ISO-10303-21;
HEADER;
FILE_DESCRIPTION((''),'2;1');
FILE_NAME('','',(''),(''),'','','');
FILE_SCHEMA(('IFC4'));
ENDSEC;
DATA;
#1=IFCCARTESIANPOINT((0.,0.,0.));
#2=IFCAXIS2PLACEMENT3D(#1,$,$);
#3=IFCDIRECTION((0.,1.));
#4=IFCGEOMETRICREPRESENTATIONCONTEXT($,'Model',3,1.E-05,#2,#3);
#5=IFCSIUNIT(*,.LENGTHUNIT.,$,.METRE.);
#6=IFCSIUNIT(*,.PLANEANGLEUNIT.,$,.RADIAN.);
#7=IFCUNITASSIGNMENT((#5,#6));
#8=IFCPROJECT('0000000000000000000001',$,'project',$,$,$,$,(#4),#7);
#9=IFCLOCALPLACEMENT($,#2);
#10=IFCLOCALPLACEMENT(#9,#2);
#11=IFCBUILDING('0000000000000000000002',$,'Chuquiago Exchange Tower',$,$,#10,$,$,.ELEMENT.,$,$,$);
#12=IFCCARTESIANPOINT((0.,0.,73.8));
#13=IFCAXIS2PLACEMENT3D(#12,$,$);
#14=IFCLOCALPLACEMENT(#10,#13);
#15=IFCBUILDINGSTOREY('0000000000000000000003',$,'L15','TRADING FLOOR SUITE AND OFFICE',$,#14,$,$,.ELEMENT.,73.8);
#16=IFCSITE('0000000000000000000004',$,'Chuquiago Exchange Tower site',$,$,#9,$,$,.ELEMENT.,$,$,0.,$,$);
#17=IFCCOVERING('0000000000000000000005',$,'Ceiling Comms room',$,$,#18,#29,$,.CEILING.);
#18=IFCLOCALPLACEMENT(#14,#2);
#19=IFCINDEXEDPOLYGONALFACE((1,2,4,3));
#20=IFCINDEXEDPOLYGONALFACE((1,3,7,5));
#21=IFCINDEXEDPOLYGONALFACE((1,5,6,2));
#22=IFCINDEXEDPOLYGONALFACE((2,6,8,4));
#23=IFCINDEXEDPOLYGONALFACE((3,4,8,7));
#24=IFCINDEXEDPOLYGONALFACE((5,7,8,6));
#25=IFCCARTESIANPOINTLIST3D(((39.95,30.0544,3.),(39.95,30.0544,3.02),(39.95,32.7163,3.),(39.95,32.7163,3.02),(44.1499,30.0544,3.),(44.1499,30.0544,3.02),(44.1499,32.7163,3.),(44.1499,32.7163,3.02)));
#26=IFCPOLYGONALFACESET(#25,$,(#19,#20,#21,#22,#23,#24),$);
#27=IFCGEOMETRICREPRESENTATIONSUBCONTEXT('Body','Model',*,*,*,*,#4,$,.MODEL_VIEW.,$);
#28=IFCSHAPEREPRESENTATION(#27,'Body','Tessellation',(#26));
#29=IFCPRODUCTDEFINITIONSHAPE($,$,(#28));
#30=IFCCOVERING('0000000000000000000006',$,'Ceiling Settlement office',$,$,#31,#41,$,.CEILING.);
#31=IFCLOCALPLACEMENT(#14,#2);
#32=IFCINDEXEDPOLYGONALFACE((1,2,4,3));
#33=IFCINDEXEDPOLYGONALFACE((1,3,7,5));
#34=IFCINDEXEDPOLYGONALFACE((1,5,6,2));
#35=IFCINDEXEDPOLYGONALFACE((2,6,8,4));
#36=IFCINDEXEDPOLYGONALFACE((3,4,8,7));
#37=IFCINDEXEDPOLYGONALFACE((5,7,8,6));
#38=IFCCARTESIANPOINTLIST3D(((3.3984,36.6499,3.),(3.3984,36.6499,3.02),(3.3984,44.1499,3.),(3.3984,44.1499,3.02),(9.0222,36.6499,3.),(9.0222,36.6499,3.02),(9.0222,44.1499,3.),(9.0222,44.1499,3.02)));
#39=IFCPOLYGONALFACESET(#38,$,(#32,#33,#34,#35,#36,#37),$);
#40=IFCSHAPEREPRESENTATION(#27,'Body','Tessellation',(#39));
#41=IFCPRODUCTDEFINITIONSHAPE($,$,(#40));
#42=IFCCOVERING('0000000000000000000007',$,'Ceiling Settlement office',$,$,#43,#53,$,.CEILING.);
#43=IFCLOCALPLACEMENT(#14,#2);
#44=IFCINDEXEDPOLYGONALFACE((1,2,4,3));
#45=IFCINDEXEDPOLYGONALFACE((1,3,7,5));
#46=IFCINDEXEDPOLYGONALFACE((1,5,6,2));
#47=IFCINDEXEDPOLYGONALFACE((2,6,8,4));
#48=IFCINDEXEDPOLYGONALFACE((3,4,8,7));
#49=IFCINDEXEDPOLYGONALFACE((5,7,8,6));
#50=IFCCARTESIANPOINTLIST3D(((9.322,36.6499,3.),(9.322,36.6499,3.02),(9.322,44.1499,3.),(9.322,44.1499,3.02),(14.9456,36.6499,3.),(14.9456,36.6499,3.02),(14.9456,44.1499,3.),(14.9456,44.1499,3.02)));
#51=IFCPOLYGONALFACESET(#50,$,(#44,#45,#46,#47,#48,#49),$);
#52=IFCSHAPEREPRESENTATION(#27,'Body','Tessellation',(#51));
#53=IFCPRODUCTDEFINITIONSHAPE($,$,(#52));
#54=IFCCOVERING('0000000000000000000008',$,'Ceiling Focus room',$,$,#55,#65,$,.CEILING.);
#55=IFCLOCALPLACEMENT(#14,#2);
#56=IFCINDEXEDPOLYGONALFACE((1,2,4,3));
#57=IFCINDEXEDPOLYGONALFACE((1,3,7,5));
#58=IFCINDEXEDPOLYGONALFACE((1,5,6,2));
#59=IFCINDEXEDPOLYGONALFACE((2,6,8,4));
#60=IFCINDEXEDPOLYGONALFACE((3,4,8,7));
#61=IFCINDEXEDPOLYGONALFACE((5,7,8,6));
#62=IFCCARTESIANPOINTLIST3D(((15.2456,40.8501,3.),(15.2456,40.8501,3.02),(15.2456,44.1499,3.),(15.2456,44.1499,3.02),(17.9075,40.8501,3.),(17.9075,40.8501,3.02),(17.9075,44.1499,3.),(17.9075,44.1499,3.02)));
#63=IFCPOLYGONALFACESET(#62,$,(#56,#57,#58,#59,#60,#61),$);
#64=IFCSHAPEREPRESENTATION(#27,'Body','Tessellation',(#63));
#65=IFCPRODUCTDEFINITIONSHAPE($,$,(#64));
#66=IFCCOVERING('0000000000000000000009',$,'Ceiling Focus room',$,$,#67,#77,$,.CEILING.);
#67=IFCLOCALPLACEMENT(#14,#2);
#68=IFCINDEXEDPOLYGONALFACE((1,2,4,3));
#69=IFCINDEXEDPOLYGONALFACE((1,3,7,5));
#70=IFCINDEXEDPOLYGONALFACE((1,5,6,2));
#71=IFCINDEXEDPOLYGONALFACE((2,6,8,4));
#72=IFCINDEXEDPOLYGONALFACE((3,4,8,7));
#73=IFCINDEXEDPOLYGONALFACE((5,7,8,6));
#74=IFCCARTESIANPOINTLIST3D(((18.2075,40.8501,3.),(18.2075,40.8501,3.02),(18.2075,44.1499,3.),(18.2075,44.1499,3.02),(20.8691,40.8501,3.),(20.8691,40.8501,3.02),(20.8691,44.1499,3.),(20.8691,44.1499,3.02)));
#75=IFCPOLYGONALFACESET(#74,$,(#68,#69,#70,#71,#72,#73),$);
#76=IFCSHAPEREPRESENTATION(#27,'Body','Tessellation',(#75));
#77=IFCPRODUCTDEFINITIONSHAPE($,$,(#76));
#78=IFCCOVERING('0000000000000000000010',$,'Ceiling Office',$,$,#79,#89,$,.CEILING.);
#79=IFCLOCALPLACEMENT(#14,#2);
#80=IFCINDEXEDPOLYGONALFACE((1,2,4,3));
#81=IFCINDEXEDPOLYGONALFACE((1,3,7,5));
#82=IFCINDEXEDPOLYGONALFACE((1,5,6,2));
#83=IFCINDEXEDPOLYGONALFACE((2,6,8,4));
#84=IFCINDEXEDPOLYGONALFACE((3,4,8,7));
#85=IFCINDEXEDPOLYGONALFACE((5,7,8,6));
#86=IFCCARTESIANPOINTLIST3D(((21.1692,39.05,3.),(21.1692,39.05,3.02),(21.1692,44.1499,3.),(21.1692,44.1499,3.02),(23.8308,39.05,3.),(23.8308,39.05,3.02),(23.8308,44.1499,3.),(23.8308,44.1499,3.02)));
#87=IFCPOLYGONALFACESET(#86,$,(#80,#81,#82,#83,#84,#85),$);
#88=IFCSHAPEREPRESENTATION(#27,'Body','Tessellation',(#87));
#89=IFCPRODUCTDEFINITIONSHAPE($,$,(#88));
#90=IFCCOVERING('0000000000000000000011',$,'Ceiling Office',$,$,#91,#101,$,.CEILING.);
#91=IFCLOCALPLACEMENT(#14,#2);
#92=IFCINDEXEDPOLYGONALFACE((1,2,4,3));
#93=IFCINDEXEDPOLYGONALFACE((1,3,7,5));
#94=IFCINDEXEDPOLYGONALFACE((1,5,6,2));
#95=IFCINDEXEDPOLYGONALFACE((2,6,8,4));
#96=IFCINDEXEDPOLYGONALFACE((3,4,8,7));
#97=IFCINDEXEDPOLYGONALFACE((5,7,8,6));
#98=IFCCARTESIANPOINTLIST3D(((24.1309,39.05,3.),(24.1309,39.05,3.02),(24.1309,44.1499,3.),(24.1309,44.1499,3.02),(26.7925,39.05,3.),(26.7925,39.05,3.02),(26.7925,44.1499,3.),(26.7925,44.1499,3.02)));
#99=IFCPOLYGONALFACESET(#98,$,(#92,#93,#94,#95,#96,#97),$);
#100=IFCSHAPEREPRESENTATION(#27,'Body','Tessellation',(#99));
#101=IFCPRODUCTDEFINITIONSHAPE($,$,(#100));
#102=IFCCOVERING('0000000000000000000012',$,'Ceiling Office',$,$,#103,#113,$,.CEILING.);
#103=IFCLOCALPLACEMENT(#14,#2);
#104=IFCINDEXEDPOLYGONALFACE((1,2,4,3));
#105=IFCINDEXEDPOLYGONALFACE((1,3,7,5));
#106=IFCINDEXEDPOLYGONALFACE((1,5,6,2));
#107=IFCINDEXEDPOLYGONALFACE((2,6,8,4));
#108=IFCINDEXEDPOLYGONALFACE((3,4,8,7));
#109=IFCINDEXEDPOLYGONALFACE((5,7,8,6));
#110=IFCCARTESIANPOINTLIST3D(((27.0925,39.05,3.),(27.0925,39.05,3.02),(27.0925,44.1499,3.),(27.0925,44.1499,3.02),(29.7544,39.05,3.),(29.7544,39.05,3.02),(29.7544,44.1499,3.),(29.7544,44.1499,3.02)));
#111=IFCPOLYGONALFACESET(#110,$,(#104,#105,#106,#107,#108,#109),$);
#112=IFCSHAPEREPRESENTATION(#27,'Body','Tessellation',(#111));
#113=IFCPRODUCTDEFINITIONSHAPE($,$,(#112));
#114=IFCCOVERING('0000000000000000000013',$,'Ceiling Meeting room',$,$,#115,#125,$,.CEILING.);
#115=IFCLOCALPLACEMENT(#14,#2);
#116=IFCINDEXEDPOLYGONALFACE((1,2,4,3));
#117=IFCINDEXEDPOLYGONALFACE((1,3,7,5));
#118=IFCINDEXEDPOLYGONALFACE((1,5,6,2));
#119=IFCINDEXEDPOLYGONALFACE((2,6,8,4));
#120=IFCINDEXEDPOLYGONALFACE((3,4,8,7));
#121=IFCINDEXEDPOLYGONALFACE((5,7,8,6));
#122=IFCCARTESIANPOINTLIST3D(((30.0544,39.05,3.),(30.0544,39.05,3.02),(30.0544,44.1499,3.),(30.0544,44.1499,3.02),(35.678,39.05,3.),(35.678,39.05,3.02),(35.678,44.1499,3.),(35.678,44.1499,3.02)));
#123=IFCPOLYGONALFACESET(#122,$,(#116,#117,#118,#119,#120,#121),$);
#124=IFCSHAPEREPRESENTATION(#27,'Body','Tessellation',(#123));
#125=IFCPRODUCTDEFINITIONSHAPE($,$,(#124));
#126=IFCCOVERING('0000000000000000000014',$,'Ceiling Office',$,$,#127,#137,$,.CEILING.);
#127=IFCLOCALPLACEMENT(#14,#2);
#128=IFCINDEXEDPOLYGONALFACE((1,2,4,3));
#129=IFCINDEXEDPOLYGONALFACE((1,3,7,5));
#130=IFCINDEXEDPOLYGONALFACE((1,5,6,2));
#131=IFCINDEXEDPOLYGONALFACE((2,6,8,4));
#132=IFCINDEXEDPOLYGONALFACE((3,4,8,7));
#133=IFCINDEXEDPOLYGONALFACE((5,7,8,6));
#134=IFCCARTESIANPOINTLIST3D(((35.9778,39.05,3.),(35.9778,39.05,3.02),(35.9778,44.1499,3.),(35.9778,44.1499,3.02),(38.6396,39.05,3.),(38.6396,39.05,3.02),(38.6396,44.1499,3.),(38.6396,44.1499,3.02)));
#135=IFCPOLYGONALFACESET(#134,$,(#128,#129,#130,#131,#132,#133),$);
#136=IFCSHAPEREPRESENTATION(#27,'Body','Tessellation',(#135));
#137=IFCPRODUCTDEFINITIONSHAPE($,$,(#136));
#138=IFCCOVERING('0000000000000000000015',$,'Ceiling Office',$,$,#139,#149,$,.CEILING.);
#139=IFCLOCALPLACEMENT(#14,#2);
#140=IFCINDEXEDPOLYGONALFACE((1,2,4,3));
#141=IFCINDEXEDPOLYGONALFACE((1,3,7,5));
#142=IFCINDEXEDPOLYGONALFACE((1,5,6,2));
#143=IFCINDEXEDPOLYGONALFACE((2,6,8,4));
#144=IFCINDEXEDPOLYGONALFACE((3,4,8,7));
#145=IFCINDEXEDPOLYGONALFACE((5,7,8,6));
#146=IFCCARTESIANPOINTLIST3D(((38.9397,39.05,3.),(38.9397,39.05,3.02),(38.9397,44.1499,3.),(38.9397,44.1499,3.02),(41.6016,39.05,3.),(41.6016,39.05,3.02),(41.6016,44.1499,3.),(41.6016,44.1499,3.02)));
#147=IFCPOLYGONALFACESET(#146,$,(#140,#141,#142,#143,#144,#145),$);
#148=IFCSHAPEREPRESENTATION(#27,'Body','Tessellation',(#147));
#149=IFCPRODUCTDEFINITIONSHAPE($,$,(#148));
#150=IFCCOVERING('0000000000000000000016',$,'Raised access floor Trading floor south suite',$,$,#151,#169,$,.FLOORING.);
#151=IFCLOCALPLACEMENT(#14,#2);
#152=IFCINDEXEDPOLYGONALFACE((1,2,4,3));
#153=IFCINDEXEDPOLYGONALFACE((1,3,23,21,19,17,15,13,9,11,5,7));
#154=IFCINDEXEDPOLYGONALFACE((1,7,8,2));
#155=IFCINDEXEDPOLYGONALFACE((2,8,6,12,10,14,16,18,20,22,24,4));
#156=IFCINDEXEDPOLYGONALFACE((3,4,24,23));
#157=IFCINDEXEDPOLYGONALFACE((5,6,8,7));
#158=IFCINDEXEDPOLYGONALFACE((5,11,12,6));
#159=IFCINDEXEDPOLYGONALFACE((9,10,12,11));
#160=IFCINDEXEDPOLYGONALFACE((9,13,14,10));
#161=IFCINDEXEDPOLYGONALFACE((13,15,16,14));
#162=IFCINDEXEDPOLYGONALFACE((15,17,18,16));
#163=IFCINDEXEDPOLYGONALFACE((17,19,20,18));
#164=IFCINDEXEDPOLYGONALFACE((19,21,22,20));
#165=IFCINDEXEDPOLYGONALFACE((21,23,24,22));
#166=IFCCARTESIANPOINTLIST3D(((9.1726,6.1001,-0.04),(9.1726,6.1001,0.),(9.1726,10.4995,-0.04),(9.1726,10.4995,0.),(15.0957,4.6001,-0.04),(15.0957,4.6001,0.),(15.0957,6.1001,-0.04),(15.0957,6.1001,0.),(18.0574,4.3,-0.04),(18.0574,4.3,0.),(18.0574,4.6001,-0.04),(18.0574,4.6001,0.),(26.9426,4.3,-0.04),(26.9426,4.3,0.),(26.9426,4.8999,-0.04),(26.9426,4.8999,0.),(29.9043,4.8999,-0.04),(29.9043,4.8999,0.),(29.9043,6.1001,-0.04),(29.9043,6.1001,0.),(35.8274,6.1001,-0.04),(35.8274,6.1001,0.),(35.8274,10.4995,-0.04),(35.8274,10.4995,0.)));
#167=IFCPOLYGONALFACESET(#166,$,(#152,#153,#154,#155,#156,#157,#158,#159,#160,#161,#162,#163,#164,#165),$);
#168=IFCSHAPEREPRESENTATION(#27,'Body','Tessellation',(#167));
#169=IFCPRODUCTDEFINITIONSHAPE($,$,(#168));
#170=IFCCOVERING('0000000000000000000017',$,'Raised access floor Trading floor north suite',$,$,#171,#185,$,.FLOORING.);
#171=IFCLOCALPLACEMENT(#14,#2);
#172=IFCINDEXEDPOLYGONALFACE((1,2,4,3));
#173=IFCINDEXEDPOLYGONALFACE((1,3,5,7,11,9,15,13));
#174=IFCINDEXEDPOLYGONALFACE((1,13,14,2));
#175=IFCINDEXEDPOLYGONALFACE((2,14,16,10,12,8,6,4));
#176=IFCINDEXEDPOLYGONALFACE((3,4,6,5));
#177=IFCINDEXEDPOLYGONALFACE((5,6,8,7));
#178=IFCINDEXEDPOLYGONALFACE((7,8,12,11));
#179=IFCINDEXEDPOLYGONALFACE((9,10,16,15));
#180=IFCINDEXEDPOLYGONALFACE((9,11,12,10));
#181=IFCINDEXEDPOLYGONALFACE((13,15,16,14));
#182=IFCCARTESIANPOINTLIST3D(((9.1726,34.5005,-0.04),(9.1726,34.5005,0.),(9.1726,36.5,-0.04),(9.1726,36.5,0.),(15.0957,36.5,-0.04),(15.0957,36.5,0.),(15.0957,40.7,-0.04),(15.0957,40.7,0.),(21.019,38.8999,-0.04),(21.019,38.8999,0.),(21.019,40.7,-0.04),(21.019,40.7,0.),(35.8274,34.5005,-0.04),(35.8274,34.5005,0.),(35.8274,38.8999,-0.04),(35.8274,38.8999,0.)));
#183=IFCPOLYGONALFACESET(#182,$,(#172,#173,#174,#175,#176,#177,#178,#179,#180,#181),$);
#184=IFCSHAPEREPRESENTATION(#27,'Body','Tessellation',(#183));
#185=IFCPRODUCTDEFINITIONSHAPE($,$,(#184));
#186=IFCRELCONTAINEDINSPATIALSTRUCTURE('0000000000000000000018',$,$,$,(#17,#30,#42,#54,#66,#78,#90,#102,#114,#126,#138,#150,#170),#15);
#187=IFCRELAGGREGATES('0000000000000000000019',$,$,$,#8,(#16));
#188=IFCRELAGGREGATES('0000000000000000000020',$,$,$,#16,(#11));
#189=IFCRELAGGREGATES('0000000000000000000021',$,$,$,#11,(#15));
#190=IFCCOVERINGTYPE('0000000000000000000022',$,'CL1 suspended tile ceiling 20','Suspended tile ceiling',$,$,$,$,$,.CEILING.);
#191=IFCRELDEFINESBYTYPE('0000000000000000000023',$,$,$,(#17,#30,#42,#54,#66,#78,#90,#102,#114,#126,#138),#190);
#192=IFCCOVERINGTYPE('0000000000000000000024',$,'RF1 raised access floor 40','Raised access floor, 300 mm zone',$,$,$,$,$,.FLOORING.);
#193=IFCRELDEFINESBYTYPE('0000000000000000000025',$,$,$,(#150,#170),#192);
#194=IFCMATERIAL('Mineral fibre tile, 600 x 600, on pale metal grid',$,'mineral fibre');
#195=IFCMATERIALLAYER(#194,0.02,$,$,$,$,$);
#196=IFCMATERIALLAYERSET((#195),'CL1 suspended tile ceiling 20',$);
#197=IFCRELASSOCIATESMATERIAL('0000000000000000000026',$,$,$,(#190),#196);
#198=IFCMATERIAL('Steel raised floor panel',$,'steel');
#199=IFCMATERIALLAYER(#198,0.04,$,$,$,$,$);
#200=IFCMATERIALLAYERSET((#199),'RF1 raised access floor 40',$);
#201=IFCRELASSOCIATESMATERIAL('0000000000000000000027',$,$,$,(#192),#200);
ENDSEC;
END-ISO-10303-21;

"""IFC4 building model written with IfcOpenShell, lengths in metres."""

from ifc_helpers import new_model, si_unit, direction, frame, origin, place, context, subcontext, project, spatial, polyline, outline, extrude, material, layer, layer_set, type_object, element, save


model = new_model("IFC4")

# Units and contexts
model_context = context("Model", 3, precision=1e-05, world=origin(), true_north=direction((0.0, 1.0)))
body_context = subcontext(model_context, "Body", "Model", "MODEL_VIEW")
ifc_project = project(units=[si_unit("LENGTHUNIT", "METRE"), si_unit("PLANEANGLEUNIT", "RADIAN")], contexts=[model_context])

# Site, building, storey
site_placement = place(None, origin())
site = spatial("IfcSite", under=ifc_project, at=site_placement, Name="Chuquiago Exchange Tower site", CompositionType="ELEMENT", RefElevation=0.0)
building_placement = place(site_placement, origin())
building = spatial("IfcBuilding", under=site, at=building_placement, Name="Chuquiago Exchange Tower", CompositionType="ELEMENT")
storey_placement = place(building_placement, frame((0.0, 0.0, 73.8)))
storey = spatial("IfcBuildingStorey", under=building, at=storey_placement, Name="L15", Description="TRADING FLOOR SUITE AND OFFICE", CompositionType="ELEMENT", Elevation=73.8)

# Coverings
ifc_material_1 = material(Name="Mineral fibre tile, 600 x 600, on pale metal grid", Category="mineral fibre")
ifc_layer_1 = layer(ifc_material_1, 0.02)
ifc_layer_set_1 = layer_set([ifc_layer_1], Name="CL1 suspended tile ceiling 20")
covering_type_1 = type_object("IfcCoveringType", Name="CL1 suspended tile ceiling 20", Description="Suspended tile ceiling", PredefinedType="CEILING", material=ifc_layer_set_1)
covering_1_placement = place(storey_placement, frame((0.0, 0.0, 3.0)))
element("IfcCovering", 1, at=covering_1_placement, inside=storey, type_object=covering_type_1, Name="Ceiling Comms room", PredefinedType="CEILING", context=body_context, shape_type="SweptSolid", body=[
    extrude(outline(polyline([(39.95, 30.0544), (39.95, 32.7163), (44.1499, 32.7163), (44.1499, 30.0544), (39.95, 30.0544)])), origin(), (0.0, 0.0, 1.0), 0.02),
])
covering_2_placement = place(storey_placement, frame((0.0, 0.0, 3.0)))
element("IfcCovering", 2, at=covering_2_placement, inside=storey, type_object=covering_type_1, Name="Ceiling Settlement office", PredefinedType="CEILING", context=body_context, shape_type="SweptSolid", body=[
    extrude(outline(polyline([(9.0222, 44.1499), (9.0222, 36.6499), (3.3984, 36.6499), (3.3984, 44.1499), (9.0222, 44.1499)])), origin(), (0.0, 0.0, 1.0), 0.02),
])
covering_3_placement = place(storey_placement, frame((0.0, 0.0, 3.0)))
element("IfcCovering", 3, at=covering_3_placement, inside=storey, type_object=covering_type_1, Name="Ceiling Settlement office", PredefinedType="CEILING", context=body_context, shape_type="SweptSolid", body=[
    extrude(outline(polyline([(14.9456, 36.6499), (9.322, 36.6499), (9.322, 44.1499), (14.9456, 44.1499), (14.9456, 36.6499)])), origin(), (0.0, 0.0, 1.0), 0.02),
])
covering_4_placement = place(storey_placement, frame((0.0, 0.0, 3.0)))
element("IfcCovering", 4, at=covering_4_placement, inside=storey, type_object=covering_type_1, Name="Ceiling Focus room", PredefinedType="CEILING", context=body_context, shape_type="SweptSolid", body=[
    extrude(outline(polyline([(17.9075, 40.8501), (15.2456, 40.8501), (15.2456, 44.1499), (17.9075, 44.1499), (17.9075, 40.8501)])), origin(), (0.0, 0.0, 1.0), 0.02),
])
covering_5_placement = place(storey_placement, frame((0.0, 0.0, 3.0)))
element("IfcCovering", 5, at=covering_5_placement, inside=storey, type_object=covering_type_1, Name="Ceiling Focus room", PredefinedType="CEILING", context=body_context, shape_type="SweptSolid", body=[
    extrude(outline(polyline([(20.8691, 40.8501), (18.2075, 40.8501), (18.2075, 44.1499), (20.8691, 44.1499), (20.8691, 40.8501)])), origin(), (0.0, 0.0, 1.0), 0.02),
])
covering_6_placement = place(storey_placement, frame((0.0, 0.0, 3.0)))
element("IfcCovering", 6, at=covering_6_placement, inside=storey, type_object=covering_type_1, Name="Ceiling Office", PredefinedType="CEILING", context=body_context, shape_type="SweptSolid", body=[
    extrude(outline(polyline([(23.8308, 39.05), (21.1692, 39.05), (21.1692, 44.1499), (23.8308, 44.1499), (23.8308, 39.05)])), origin(), (0.0, 0.0, 1.0), 0.02),
])
covering_7_placement = place(storey_placement, frame((0.0, 0.0, 3.0)))
element("IfcCovering", 7, at=covering_7_placement, inside=storey, type_object=covering_type_1, Name="Ceiling Office", PredefinedType="CEILING", context=body_context, shape_type="SweptSolid", body=[
    extrude(outline(polyline([(26.7925, 39.05), (24.1309, 39.05), (24.1309, 44.1499), (26.7925, 44.1499), (26.7925, 39.05)])), origin(), (0.0, 0.0, 1.0), 0.02),
])
covering_8_placement = place(storey_placement, frame((0.0, 0.0, 3.0)))
element("IfcCovering", 8, at=covering_8_placement, inside=storey, type_object=covering_type_1, Name="Ceiling Office", PredefinedType="CEILING", context=body_context, shape_type="SweptSolid", body=[
    extrude(outline(polyline([(29.7544, 39.05), (27.0925, 39.05), (27.0925, 44.1499), (29.7544, 44.1499), (29.7544, 39.05)])), origin(), (0.0, 0.0, 1.0), 0.02),
])
covering_9_placement = place(storey_placement, frame((0.0, 0.0, 3.0)))
element("IfcCovering", 9, at=covering_9_placement, inside=storey, type_object=covering_type_1, Name="Ceiling Meeting room", PredefinedType="CEILING", context=body_context, shape_type="SweptSolid", body=[
    extrude(outline(polyline([(35.678, 39.05), (30.0544, 39.05), (30.0544, 44.1499), (35.678, 44.1499), (35.678, 39.05)])), origin(), (0.0, 0.0, 1.0), 0.02),
])
covering_10_placement = place(storey_placement, frame((0.0, 0.0, 3.0)))
element("IfcCovering", 10, at=covering_10_placement, inside=storey, type_object=covering_type_1, Name="Ceiling Office", PredefinedType="CEILING", context=body_context, shape_type="SweptSolid", body=[
    extrude(outline(polyline([(38.6396, 39.05), (35.9778, 39.05), (35.9778, 44.1499), (38.6396, 44.1499), (38.6396, 39.05)])), origin(), (0.0, 0.0, 1.0), 0.02),
])
covering_11_placement = place(storey_placement, frame((0.0, 0.0, 3.0)))
element("IfcCovering", 11, at=covering_11_placement, inside=storey, type_object=covering_type_1, Name="Ceiling Office", PredefinedType="CEILING", context=body_context, shape_type="SweptSolid", body=[
    extrude(outline(polyline([(41.6016, 39.05), (38.9397, 39.05), (38.9397, 44.1499), (41.6016, 44.1499), (41.6016, 39.05)])), origin(), (0.0, 0.0, 1.0), 0.02),
])
ifc_material_2 = material(Name="Steel raised floor panel", Category="steel")
ifc_layer_2 = layer(ifc_material_2, 0.04)
ifc_layer_set_2 = layer_set([ifc_layer_2], Name="RF1 raised access floor 40")
covering_type_2 = type_object("IfcCoveringType", Name="RF1 raised access floor 40", Description="Raised access floor, 300 mm zone", PredefinedType="FLOORING", material=ifc_layer_set_2)
covering_12_placement = place(storey_placement, frame((0.0, 0.0, -0.04)))
element("IfcCovering", 12, at=covering_12_placement, inside=storey, type_object=covering_type_2, Name="Raised access floor Trading floor south suite", PredefinedType="FLOORING", context=body_context, shape_type="SweptSolid", body=[
    extrude(outline(polyline([(35.8274, 6.1001), (29.9043, 6.1001), (29.9043, 4.8999), (26.9426, 4.8999), (26.9426, 4.3), (18.0574, 4.3), (18.0574, 4.6001), (15.0957, 4.6001), (15.0957, 6.1001), (9.1726, 6.1001), (9.1726, 10.4995), (35.8274, 10.4995), (35.8274, 6.1001)])), origin(), (0.0, 0.0, 1.0), 0.04),
])
covering_13_placement = place(storey_placement, frame((0.0, 0.0, -0.04)))
element("IfcCovering", 13, at=covering_13_placement, inside=storey, type_object=covering_type_2, Name="Raised access floor Trading floor north suite", PredefinedType="FLOORING", context=body_context, shape_type="SweptSolid", body=[
    extrude(outline(polyline([(15.0957, 36.5), (15.0957, 40.7), (21.019, 40.7), (21.019, 38.8999), (35.8274, 38.8999), (35.8274, 34.5005), (9.1726, 34.5005), (9.1726, 36.5), (15.0957, 36.5)])), origin(), (0.0, 0.0, 1.0), 0.04),
])

save(model, "model.ifc")
